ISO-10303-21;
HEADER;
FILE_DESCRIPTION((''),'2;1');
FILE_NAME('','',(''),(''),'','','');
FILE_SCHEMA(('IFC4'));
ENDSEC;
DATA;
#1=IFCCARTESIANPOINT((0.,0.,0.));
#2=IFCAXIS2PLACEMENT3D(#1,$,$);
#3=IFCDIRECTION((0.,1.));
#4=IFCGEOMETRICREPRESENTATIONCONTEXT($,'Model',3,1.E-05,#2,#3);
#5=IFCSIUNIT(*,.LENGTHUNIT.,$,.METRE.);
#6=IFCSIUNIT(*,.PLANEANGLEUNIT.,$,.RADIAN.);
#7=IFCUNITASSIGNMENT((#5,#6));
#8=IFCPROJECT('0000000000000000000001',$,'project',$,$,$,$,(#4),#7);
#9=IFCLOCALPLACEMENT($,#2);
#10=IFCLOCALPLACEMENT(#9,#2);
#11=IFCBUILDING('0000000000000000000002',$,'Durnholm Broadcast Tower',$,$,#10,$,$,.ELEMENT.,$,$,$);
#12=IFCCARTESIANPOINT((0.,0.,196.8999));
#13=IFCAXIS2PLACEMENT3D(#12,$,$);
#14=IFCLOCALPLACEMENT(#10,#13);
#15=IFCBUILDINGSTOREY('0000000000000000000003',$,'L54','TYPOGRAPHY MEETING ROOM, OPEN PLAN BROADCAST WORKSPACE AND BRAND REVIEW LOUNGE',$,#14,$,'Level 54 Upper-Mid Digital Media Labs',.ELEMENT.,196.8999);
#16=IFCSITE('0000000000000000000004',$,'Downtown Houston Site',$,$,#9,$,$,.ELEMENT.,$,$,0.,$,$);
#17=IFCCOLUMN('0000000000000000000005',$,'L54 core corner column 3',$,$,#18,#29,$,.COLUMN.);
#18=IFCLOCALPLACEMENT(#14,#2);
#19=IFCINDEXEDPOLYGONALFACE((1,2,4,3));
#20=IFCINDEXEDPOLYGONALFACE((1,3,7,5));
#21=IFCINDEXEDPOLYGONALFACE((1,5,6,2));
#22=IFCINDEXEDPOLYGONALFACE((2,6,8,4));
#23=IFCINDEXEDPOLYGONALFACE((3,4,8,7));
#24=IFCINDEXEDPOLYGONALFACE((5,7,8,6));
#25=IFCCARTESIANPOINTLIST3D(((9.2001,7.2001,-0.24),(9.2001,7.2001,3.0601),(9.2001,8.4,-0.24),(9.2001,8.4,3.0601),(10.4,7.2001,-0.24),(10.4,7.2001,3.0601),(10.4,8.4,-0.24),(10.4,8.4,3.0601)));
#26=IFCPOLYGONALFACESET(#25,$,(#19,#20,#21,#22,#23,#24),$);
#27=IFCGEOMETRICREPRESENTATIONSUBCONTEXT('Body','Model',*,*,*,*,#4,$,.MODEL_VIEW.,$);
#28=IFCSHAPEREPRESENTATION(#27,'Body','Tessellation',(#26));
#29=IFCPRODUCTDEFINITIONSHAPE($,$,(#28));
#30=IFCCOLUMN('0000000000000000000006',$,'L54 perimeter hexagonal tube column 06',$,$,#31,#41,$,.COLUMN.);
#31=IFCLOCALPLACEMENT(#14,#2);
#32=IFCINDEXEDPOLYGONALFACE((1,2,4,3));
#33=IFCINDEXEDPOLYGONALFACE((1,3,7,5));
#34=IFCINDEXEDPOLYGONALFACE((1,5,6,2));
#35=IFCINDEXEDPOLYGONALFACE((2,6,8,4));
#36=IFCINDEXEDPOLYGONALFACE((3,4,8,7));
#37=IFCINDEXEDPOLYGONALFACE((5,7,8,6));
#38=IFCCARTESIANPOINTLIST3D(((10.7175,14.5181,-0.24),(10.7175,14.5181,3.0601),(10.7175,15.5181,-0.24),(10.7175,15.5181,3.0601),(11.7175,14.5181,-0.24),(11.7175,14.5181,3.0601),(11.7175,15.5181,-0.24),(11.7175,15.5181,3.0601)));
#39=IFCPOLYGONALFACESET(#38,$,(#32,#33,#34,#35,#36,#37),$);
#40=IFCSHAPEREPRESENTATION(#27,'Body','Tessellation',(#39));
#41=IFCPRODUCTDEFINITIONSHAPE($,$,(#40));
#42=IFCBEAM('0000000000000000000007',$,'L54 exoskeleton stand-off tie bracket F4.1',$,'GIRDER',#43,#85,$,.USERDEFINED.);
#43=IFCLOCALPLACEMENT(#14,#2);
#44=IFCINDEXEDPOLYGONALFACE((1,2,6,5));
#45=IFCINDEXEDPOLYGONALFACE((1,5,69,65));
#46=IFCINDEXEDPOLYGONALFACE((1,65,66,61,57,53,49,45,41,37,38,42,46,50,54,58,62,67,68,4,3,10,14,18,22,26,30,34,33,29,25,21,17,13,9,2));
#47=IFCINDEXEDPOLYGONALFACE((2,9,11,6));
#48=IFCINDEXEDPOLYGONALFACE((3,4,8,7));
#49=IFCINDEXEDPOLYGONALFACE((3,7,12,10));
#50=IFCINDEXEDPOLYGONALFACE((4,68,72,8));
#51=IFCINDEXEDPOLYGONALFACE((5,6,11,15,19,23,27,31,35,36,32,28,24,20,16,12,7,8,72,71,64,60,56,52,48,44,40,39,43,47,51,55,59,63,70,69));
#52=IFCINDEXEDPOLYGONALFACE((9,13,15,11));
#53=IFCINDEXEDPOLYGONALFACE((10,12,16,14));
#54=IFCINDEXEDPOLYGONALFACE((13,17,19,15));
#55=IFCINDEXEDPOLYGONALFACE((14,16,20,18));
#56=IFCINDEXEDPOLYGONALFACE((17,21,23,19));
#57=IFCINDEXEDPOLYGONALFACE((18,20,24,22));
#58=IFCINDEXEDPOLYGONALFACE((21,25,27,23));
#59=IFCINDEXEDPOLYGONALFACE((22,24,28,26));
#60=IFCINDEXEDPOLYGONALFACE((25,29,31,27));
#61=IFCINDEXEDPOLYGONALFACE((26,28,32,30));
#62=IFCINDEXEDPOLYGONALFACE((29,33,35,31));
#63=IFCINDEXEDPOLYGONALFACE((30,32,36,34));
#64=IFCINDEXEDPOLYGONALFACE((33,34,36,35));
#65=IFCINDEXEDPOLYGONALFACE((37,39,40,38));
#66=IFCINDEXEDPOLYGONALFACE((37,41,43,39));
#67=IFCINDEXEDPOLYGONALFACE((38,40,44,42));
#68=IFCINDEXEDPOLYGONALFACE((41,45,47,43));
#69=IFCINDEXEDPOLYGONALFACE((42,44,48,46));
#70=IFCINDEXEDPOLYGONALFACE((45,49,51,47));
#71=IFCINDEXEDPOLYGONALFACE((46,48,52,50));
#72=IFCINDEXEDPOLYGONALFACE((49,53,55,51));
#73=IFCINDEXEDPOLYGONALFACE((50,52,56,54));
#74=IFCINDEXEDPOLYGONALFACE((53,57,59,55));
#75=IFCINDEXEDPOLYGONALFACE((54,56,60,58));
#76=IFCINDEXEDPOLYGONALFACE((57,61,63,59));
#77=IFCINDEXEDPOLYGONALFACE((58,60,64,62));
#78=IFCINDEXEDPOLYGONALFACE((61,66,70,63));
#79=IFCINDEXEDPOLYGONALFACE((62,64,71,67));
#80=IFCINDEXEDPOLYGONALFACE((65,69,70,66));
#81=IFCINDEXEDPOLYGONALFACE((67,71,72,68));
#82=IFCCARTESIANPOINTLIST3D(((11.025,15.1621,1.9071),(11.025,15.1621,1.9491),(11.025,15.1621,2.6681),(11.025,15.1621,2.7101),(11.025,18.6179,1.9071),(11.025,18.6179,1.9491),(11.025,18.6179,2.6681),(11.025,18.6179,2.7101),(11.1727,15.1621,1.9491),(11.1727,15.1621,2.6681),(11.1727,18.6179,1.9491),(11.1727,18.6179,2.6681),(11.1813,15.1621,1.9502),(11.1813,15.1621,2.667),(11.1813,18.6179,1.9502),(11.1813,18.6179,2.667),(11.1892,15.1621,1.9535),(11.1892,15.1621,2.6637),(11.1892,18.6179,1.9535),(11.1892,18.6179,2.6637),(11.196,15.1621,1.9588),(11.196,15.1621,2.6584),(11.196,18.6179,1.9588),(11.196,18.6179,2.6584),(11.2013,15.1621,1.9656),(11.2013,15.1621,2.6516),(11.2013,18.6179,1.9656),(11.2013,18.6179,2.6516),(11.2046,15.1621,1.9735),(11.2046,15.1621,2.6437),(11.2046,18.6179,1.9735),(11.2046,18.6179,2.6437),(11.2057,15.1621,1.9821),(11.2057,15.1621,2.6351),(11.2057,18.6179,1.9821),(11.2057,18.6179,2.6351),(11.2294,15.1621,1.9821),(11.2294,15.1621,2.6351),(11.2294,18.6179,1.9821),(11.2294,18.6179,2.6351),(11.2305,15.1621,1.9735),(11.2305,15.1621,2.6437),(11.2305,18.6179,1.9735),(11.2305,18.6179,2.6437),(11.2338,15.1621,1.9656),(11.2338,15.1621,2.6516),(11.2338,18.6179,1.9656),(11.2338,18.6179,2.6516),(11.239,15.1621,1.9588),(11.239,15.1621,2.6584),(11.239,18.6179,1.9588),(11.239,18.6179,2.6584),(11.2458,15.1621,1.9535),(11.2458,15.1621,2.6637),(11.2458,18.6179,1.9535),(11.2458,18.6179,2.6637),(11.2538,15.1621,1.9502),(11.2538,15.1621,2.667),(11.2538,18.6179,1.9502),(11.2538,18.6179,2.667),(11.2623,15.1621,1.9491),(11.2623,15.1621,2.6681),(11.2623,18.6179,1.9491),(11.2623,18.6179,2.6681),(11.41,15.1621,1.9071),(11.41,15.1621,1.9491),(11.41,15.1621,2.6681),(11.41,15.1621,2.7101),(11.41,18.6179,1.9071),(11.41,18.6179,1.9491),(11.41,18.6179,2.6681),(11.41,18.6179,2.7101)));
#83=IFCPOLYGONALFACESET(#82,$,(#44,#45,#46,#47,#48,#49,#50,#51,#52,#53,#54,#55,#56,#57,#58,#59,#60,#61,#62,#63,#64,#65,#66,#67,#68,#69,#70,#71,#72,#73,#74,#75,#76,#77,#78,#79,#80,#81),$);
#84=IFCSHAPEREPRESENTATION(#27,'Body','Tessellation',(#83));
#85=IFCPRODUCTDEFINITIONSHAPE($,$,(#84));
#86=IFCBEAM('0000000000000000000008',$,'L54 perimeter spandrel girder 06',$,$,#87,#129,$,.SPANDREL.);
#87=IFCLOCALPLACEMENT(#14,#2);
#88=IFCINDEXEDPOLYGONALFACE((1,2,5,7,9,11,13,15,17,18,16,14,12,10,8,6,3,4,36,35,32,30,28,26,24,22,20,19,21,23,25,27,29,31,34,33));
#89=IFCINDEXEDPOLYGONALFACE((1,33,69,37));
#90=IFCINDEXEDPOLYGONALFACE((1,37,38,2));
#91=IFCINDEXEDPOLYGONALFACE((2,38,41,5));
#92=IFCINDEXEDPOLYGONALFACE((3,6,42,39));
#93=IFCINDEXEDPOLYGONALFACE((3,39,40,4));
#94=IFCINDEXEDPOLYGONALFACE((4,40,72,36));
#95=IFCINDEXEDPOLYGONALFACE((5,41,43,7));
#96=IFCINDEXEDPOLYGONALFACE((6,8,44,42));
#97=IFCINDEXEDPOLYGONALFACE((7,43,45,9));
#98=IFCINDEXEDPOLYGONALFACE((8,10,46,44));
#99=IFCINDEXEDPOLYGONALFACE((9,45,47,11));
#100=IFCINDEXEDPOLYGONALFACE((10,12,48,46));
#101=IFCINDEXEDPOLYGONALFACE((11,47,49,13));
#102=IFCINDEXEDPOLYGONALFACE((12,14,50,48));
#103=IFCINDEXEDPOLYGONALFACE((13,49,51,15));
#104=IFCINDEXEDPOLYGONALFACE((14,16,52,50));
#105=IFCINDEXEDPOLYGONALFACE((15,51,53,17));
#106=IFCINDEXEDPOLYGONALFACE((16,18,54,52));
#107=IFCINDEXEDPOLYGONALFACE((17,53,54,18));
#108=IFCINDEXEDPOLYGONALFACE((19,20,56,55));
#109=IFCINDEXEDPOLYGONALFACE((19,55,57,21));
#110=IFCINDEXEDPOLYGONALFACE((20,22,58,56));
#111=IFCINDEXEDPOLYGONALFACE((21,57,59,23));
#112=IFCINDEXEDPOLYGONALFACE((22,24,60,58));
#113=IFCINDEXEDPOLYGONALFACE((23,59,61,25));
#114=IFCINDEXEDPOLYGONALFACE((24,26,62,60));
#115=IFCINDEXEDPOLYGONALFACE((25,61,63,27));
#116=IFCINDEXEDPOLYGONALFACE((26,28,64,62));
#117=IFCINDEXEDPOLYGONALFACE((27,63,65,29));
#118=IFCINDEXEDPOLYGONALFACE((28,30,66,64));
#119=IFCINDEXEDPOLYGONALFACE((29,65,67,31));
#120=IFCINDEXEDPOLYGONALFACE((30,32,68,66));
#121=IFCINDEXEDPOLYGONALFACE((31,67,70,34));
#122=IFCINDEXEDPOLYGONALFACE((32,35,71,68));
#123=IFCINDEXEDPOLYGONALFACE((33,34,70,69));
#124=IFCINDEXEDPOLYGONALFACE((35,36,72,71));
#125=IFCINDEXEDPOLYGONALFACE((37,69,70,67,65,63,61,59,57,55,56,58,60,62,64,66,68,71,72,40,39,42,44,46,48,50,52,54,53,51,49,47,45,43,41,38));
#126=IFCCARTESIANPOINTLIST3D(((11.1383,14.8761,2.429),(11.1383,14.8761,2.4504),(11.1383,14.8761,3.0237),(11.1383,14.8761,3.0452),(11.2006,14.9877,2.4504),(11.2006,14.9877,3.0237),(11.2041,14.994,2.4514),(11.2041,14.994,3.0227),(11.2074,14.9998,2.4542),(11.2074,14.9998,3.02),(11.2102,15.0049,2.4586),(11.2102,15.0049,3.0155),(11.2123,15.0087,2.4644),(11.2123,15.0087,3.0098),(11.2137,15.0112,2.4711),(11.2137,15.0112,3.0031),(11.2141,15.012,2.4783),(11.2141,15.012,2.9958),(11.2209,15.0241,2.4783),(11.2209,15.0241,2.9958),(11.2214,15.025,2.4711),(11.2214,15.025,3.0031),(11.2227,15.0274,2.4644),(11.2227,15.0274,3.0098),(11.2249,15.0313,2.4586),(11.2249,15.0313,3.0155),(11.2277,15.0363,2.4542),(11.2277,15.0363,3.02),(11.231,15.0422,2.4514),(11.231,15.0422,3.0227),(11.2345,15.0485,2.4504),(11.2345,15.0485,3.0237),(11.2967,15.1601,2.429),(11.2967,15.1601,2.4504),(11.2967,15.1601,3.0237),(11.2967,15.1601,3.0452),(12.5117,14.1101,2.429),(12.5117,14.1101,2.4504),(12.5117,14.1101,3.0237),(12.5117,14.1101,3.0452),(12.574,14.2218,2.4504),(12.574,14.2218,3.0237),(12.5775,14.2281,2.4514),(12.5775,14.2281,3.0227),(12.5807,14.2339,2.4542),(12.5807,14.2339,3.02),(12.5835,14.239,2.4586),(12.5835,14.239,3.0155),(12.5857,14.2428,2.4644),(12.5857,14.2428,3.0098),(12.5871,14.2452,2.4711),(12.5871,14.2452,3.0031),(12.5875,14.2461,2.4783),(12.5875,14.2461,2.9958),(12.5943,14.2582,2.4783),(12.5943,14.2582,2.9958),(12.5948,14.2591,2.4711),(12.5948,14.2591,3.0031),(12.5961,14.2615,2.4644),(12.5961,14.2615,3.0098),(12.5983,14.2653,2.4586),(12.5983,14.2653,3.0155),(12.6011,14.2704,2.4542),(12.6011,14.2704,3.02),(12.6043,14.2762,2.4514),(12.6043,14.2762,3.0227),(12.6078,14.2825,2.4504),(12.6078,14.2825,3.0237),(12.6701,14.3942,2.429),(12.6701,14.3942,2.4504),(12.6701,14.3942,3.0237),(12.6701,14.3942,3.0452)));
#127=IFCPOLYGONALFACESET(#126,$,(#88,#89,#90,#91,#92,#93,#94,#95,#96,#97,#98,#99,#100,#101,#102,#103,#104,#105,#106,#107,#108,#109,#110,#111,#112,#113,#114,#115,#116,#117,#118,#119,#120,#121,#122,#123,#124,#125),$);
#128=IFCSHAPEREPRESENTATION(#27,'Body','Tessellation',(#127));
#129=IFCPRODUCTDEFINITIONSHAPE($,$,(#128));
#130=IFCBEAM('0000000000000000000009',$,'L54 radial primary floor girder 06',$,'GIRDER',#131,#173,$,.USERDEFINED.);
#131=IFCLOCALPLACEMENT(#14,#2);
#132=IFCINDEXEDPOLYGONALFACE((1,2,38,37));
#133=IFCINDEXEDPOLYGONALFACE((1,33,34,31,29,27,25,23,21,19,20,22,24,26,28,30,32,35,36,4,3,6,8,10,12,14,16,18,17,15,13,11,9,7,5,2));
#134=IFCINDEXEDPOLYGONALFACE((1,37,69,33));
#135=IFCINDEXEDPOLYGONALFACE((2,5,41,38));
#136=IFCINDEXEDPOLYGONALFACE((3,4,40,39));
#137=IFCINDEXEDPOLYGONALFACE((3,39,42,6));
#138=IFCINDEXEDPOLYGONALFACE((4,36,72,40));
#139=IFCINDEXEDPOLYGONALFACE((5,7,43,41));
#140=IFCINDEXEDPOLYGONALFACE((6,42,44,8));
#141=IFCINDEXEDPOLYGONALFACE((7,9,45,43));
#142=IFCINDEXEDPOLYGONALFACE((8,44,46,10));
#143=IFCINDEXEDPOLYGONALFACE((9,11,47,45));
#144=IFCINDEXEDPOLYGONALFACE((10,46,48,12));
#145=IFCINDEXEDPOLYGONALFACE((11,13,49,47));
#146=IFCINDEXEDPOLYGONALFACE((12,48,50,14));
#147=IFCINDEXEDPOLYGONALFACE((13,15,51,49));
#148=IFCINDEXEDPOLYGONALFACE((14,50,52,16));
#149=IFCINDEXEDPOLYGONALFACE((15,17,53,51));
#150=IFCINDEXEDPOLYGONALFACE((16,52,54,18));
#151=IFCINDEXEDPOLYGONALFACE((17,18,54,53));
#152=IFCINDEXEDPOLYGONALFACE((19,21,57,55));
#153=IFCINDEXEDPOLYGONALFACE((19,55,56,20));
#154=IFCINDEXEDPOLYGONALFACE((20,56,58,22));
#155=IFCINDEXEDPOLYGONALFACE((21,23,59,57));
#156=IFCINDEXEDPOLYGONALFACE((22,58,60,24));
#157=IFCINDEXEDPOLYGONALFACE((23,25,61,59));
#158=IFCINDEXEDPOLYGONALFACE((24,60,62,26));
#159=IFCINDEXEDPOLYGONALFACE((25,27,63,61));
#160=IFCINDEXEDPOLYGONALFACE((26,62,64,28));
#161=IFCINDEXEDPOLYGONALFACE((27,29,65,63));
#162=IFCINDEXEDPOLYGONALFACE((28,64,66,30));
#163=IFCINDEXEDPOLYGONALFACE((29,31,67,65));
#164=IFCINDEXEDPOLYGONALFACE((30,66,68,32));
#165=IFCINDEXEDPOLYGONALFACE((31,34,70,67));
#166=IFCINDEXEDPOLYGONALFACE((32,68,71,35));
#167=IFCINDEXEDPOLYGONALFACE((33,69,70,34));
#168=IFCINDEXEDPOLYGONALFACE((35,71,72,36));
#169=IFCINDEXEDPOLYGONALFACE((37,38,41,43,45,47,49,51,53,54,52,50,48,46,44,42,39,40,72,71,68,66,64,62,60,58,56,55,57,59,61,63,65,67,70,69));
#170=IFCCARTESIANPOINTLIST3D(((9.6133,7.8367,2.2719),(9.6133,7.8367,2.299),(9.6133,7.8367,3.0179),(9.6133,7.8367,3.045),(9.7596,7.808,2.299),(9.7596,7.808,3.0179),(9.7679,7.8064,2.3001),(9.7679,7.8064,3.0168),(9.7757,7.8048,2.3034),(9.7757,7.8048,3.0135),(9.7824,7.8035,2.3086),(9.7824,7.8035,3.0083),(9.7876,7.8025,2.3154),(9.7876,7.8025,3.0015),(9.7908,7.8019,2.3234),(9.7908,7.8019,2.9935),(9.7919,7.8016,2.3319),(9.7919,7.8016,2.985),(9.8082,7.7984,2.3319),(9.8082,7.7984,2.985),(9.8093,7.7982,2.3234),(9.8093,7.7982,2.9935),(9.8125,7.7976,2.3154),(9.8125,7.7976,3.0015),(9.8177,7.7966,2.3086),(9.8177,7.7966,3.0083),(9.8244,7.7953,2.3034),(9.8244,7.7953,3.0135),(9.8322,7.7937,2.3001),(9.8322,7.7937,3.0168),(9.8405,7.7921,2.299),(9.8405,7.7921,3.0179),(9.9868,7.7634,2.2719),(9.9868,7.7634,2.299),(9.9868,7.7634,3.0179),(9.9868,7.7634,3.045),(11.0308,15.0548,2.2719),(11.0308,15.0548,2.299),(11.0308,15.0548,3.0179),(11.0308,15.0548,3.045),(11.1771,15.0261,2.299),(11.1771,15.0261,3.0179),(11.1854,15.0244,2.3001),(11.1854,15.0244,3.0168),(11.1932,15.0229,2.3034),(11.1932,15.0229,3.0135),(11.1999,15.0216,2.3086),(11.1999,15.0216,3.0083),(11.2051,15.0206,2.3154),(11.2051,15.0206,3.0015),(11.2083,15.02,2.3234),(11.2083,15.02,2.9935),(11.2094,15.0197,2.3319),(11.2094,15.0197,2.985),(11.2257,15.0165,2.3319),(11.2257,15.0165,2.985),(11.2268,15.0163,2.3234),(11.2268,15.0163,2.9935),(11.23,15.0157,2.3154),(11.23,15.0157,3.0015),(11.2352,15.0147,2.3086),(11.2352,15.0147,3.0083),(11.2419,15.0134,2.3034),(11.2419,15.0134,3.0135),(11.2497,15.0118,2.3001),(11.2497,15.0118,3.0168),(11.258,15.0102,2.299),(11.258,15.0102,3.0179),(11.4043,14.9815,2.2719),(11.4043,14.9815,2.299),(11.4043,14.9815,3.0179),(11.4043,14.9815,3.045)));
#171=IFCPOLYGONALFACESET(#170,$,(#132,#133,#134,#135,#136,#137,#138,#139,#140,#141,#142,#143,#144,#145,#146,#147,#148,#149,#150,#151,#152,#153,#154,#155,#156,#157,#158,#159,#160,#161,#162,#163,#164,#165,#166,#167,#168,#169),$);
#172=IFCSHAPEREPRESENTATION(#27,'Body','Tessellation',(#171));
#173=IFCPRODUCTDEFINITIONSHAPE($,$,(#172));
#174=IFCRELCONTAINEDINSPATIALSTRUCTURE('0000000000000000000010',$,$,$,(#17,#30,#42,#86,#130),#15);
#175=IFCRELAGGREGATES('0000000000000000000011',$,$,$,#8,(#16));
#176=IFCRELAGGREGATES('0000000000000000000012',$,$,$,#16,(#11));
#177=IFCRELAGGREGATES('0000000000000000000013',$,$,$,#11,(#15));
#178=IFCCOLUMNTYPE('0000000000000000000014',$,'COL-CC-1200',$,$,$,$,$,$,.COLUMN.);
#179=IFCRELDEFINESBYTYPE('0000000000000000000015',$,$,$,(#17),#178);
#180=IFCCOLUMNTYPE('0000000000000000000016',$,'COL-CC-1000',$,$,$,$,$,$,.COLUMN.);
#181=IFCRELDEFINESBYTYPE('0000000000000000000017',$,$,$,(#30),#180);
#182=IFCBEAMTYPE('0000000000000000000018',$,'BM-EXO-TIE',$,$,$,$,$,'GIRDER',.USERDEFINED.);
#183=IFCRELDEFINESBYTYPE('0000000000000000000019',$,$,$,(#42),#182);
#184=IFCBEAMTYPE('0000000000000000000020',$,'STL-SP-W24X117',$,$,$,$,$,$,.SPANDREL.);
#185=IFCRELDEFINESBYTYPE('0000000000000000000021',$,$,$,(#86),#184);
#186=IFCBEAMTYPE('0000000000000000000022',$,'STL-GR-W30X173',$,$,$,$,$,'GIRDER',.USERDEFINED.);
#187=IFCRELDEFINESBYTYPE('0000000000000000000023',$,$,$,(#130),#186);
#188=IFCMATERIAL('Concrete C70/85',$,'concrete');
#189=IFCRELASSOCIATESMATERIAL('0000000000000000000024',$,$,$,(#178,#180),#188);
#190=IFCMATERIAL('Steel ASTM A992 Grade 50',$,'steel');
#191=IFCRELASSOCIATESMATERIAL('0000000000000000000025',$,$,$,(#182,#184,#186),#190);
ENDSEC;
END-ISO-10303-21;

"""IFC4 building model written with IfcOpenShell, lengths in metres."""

from ifc_helpers import new_model, si_unit, direction, frame, origin, origin_2d, place, context, subcontext, project, spatial, rectangle, i_section, extrude, source, transform, mapped, material, material_profile, profile_set, type_object, type_shapes, element, save


model = new_model("IFC4")

# Units and contexts
model_context = context("Model", 3, precision=1e-05, world=origin(), true_north=direction((0.0, 1.0)))
body_context = subcontext(model_context, "Body", "Model", "MODEL_VIEW")
ifc_project = project(units=[si_unit("LENGTHUNIT", "METRE"), si_unit("PLANEANGLEUNIT", "RADIAN")], contexts=[model_context])

# Site, building, storey
site_placement = place(None, origin())
site = spatial("IfcSite", under=ifc_project, at=site_placement, Name="Downtown Houston Site", CompositionType="ELEMENT", RefElevation=0.0)
building_placement = place(site_placement, origin())
building = spatial("IfcBuilding", under=site, at=building_placement, Name="Durnholm Broadcast Tower", CompositionType="ELEMENT")
storey_placement = place(building_placement, frame((0.0, 0.0, 196.8999)))
storey = spatial("IfcBuildingStorey", under=building, at=storey_placement, Name="L54", Description="TYPOGRAPHY MEETING ROOM, OPEN PLAN BROADCAST WORKSPACE AND BRAND REVIEW LOUNGE", LongName="Level 54 Upper-Mid Digital Media Labs", CompositionType="ELEMENT", Elevation=196.8999)

# Columns
ifc_material_1 = material(Name="Concrete C70/85", Category="concrete")
ifc_material_profile_1 = material_profile(ifc_material_1, rectangle(XDim=1.2, YDim=1.2, at=origin_2d()), Name="RC1200X1200")
ifc_profile_set_1 = profile_set([ifc_material_profile_1], Name="Concrete C70/85")
column_type_1 = type_object("IfcColumnType", Name="COL-CC-1200", PredefinedType="COLUMN", material=ifc_profile_set_1)
shared_shape_1 = source(origin(), body_context, "Body", "SweptSolid", [
    extrude(rectangle(XDim=1.2, YDim=1.2, at=origin_2d()), origin(), (0.0, 0.0, 1.0), 3.3),
])
type_shapes(column_type_1, [shared_shape_1])
column_1_placement = place(storey_placement, frame((9.8, 7.8, -0.24), z_axis=(0.0, 0.0, 1.0), x_axis=(1.0, 0.0, 0.0)))
element("IfcColumn", 1, at=column_1_placement, inside=storey, type_object=column_type_1, Name="L54 core corner column 3", PredefinedType="COLUMN", context=body_context, shape_type="MappedRepresentation", body=[
    mapped(shared_shape_1, transform((0.0, 0.0, 0.0), x_axis=(1.0, 0.0, 0.0), y_axis=(0.0, 1.0, 0.0), z_axis=(0.0, 0.0, 1.0), scale=1.0)),
])
ifc_material_profile_2 = material_profile(ifc_material_1, rectangle(XDim=1.0, YDim=1.0, at=origin_2d()), Name="RC1000X1000")
ifc_profile_set_2 = profile_set([ifc_material_profile_2], Name="Concrete C70/85")
column_type_2 = type_object("IfcColumnType", Name="COL-CC-1000", PredefinedType="COLUMN", material=ifc_profile_set_2)
shared_shape_2 = source(origin(), body_context, "Body", "SweptSolid", [
    extrude(rectangle(XDim=1.0, YDim=1.0, at=origin_2d()), origin(), (0.0, 0.0, 1.0), 3.3),
])
type_shapes(column_type_2, [shared_shape_2])
column_2_placement = place(storey_placement, frame((11.2175, 15.0181, -0.24), z_axis=(0.0, 0.0, 1.0), x_axis=(1.0, 0.0, 0.0)))
element("IfcColumn", 2, at=column_2_placement, inside=storey, type_object=column_type_2, Name="L54 perimeter hexagonal tube column 06", PredefinedType="COLUMN", context=body_context, shape_type="MappedRepresentation", body=[
    mapped(shared_shape_2, transform((0.0, 0.0, 0.0), x_axis=(1.0, 0.0, 0.0), y_axis=(0.0, 1.0, 0.0), z_axis=(0.0, 0.0, 1.0), scale=1.0)),
])

# Beams
ifc_material_2 = material(Name="Steel ASTM A992 Grade 50", Category="steel")
ifc_material_profile_3 = material_profile(ifc_material_2, i_section(OverallWidth=0.385, OverallDepth=0.803, WebThickness=0.0237, FlangeThickness=0.042, FilletRadius=0.033, at=origin_2d()), Name="W30X261")
ifc_profile_set_3 = profile_set([ifc_material_profile_3], Name="Steel ASTM A992 Grade 50")
beam_type_1 = type_object("IfcBeamType", Name="BM-EXO-TIE", ElementType="GIRDER", PredefinedType="USERDEFINED", material=ifc_profile_set_3)
shared_shape_3 = source(origin(), body_context, "Body", "SweptSolid", [
    extrude(i_section(OverallWidth=0.385, OverallDepth=0.803, WebThickness=0.0237, FlangeThickness=0.042, FilletRadius=0.033, at=origin_2d()), origin(), (0.0, 0.0, 1.0), 3.4558),
])
type_shapes(beam_type_1, [shared_shape_3])
beam_1_placement = place(storey_placement, frame((11.2175, 15.1621, 2.3086), z_axis=(0.0, 1.0, 0.0), x_axis=(-1.0, 0.0, 0.0)))
element("IfcBeam", 3, at=beam_1_placement, inside=storey, type_object=beam_type_1, Name="L54 exoskeleton stand-off tie bracket F4.1", ObjectType="GIRDER", PredefinedType="USERDEFINED", context=body_context, shape_type="MappedRepresentation", body=[
    mapped(shared_shape_3, transform((0.0, 0.0, 0.0), x_axis=(1.0, 0.0, 0.0), y_axis=(0.0, 1.0, 0.0), z_axis=(0.0, 0.0, 1.0), scale=1.0)),
])
ifc_material_profile_4 = material_profile(ifc_material_2, i_section(OverallWidth=0.3252, OverallDepth=0.6162, WebThickness=0.0139, FlangeThickness=0.0215, FilletRadius=0.0278, at=origin_2d()), Name="W24X117")
ifc_profile_set_4 = profile_set([ifc_material_profile_4], Name="Steel ASTM A992 Grade 50")
beam_type_2 = type_object("IfcBeamType", Name="STL-SP-W24X117", PredefinedType="SPANDREL", material=ifc_profile_set_4)
shared_shape_4 = source(origin(), body_context, "Body", "SweptSolid", [
    extrude(i_section(OverallWidth=0.3252, OverallDepth=0.6162, WebThickness=0.0139, FlangeThickness=0.0215, FilletRadius=0.0278, at=origin_2d()), origin(), (0.0, 0.0, 1.0), 1.5725),
])
type_shapes(beam_type_2, [shared_shape_4])
beam_2_placement = place(storey_placement, frame((11.2175, 15.0181, 2.7371), z_axis=(0.873365, -0.487066, 0.0), x_axis=(0.487066, 0.873365, 0.0)))
element("IfcBeam", 4, at=beam_2_placement, inside=storey, type_object=beam_type_2, Name="L54 perimeter spandrel girder 06", PredefinedType="SPANDREL", context=body_context, shape_type="MappedRepresentation", body=[
    mapped(shared_shape_4, transform((0.0, 0.0, 0.0), x_axis=(1.0, 0.0, 0.0), y_axis=(0.0, 1.0, 0.0), z_axis=(0.0, 0.0, 1.0), scale=1.0)),
])
ifc_material_profile_5 = material_profile(ifc_material_2, i_section(OverallWidth=0.3806, OverallDepth=0.7732, WebThickness=0.0166, FlangeThickness=0.0271, FilletRadius=0.033, at=origin_2d()), Name="W30X173")
ifc_profile_set_5 = profile_set([ifc_material_profile_5], Name="Steel ASTM A992 Grade 50")
beam_type_3 = type_object("IfcBeamType", Name="STL-GR-W30X173", ElementType="GIRDER", PredefinedType="USERDEFINED", material=ifc_profile_set_5)
shared_shape_5 = source(origin(), body_context, "Body", "SweptSolid", [
    extrude(i_section(OverallWidth=0.3806, OverallDepth=0.7732, WebThickness=0.0166, FlangeThickness=0.0271, FilletRadius=0.033, at=origin_2d()), origin(), (0.0, 0.0, 1.0), 7.356),
])
beam_3_placement = place(storey_placement, frame((9.8, 7.8, 2.6584), z_axis=(0.1927, 0.981258, 0.0), x_axis=(-0.981258, 0.1927, 0.0)))
element("IfcBeam", 5, at=beam_3_placement, inside=storey, type_object=beam_type_3, Name="L54 radial primary floor girder 06", ObjectType="GIRDER", PredefinedType="USERDEFINED", context=body_context, shape_type="MappedRepresentation", body=[
    mapped(shared_shape_5, transform((0.0, 0.0, 0.0), x_axis=(1.0, 0.0, 0.0), y_axis=(0.0, 1.0, 0.0), z_axis=(0.0, 0.0, 1.0), scale=1.0)),
])

save(model, "model.ifc")
